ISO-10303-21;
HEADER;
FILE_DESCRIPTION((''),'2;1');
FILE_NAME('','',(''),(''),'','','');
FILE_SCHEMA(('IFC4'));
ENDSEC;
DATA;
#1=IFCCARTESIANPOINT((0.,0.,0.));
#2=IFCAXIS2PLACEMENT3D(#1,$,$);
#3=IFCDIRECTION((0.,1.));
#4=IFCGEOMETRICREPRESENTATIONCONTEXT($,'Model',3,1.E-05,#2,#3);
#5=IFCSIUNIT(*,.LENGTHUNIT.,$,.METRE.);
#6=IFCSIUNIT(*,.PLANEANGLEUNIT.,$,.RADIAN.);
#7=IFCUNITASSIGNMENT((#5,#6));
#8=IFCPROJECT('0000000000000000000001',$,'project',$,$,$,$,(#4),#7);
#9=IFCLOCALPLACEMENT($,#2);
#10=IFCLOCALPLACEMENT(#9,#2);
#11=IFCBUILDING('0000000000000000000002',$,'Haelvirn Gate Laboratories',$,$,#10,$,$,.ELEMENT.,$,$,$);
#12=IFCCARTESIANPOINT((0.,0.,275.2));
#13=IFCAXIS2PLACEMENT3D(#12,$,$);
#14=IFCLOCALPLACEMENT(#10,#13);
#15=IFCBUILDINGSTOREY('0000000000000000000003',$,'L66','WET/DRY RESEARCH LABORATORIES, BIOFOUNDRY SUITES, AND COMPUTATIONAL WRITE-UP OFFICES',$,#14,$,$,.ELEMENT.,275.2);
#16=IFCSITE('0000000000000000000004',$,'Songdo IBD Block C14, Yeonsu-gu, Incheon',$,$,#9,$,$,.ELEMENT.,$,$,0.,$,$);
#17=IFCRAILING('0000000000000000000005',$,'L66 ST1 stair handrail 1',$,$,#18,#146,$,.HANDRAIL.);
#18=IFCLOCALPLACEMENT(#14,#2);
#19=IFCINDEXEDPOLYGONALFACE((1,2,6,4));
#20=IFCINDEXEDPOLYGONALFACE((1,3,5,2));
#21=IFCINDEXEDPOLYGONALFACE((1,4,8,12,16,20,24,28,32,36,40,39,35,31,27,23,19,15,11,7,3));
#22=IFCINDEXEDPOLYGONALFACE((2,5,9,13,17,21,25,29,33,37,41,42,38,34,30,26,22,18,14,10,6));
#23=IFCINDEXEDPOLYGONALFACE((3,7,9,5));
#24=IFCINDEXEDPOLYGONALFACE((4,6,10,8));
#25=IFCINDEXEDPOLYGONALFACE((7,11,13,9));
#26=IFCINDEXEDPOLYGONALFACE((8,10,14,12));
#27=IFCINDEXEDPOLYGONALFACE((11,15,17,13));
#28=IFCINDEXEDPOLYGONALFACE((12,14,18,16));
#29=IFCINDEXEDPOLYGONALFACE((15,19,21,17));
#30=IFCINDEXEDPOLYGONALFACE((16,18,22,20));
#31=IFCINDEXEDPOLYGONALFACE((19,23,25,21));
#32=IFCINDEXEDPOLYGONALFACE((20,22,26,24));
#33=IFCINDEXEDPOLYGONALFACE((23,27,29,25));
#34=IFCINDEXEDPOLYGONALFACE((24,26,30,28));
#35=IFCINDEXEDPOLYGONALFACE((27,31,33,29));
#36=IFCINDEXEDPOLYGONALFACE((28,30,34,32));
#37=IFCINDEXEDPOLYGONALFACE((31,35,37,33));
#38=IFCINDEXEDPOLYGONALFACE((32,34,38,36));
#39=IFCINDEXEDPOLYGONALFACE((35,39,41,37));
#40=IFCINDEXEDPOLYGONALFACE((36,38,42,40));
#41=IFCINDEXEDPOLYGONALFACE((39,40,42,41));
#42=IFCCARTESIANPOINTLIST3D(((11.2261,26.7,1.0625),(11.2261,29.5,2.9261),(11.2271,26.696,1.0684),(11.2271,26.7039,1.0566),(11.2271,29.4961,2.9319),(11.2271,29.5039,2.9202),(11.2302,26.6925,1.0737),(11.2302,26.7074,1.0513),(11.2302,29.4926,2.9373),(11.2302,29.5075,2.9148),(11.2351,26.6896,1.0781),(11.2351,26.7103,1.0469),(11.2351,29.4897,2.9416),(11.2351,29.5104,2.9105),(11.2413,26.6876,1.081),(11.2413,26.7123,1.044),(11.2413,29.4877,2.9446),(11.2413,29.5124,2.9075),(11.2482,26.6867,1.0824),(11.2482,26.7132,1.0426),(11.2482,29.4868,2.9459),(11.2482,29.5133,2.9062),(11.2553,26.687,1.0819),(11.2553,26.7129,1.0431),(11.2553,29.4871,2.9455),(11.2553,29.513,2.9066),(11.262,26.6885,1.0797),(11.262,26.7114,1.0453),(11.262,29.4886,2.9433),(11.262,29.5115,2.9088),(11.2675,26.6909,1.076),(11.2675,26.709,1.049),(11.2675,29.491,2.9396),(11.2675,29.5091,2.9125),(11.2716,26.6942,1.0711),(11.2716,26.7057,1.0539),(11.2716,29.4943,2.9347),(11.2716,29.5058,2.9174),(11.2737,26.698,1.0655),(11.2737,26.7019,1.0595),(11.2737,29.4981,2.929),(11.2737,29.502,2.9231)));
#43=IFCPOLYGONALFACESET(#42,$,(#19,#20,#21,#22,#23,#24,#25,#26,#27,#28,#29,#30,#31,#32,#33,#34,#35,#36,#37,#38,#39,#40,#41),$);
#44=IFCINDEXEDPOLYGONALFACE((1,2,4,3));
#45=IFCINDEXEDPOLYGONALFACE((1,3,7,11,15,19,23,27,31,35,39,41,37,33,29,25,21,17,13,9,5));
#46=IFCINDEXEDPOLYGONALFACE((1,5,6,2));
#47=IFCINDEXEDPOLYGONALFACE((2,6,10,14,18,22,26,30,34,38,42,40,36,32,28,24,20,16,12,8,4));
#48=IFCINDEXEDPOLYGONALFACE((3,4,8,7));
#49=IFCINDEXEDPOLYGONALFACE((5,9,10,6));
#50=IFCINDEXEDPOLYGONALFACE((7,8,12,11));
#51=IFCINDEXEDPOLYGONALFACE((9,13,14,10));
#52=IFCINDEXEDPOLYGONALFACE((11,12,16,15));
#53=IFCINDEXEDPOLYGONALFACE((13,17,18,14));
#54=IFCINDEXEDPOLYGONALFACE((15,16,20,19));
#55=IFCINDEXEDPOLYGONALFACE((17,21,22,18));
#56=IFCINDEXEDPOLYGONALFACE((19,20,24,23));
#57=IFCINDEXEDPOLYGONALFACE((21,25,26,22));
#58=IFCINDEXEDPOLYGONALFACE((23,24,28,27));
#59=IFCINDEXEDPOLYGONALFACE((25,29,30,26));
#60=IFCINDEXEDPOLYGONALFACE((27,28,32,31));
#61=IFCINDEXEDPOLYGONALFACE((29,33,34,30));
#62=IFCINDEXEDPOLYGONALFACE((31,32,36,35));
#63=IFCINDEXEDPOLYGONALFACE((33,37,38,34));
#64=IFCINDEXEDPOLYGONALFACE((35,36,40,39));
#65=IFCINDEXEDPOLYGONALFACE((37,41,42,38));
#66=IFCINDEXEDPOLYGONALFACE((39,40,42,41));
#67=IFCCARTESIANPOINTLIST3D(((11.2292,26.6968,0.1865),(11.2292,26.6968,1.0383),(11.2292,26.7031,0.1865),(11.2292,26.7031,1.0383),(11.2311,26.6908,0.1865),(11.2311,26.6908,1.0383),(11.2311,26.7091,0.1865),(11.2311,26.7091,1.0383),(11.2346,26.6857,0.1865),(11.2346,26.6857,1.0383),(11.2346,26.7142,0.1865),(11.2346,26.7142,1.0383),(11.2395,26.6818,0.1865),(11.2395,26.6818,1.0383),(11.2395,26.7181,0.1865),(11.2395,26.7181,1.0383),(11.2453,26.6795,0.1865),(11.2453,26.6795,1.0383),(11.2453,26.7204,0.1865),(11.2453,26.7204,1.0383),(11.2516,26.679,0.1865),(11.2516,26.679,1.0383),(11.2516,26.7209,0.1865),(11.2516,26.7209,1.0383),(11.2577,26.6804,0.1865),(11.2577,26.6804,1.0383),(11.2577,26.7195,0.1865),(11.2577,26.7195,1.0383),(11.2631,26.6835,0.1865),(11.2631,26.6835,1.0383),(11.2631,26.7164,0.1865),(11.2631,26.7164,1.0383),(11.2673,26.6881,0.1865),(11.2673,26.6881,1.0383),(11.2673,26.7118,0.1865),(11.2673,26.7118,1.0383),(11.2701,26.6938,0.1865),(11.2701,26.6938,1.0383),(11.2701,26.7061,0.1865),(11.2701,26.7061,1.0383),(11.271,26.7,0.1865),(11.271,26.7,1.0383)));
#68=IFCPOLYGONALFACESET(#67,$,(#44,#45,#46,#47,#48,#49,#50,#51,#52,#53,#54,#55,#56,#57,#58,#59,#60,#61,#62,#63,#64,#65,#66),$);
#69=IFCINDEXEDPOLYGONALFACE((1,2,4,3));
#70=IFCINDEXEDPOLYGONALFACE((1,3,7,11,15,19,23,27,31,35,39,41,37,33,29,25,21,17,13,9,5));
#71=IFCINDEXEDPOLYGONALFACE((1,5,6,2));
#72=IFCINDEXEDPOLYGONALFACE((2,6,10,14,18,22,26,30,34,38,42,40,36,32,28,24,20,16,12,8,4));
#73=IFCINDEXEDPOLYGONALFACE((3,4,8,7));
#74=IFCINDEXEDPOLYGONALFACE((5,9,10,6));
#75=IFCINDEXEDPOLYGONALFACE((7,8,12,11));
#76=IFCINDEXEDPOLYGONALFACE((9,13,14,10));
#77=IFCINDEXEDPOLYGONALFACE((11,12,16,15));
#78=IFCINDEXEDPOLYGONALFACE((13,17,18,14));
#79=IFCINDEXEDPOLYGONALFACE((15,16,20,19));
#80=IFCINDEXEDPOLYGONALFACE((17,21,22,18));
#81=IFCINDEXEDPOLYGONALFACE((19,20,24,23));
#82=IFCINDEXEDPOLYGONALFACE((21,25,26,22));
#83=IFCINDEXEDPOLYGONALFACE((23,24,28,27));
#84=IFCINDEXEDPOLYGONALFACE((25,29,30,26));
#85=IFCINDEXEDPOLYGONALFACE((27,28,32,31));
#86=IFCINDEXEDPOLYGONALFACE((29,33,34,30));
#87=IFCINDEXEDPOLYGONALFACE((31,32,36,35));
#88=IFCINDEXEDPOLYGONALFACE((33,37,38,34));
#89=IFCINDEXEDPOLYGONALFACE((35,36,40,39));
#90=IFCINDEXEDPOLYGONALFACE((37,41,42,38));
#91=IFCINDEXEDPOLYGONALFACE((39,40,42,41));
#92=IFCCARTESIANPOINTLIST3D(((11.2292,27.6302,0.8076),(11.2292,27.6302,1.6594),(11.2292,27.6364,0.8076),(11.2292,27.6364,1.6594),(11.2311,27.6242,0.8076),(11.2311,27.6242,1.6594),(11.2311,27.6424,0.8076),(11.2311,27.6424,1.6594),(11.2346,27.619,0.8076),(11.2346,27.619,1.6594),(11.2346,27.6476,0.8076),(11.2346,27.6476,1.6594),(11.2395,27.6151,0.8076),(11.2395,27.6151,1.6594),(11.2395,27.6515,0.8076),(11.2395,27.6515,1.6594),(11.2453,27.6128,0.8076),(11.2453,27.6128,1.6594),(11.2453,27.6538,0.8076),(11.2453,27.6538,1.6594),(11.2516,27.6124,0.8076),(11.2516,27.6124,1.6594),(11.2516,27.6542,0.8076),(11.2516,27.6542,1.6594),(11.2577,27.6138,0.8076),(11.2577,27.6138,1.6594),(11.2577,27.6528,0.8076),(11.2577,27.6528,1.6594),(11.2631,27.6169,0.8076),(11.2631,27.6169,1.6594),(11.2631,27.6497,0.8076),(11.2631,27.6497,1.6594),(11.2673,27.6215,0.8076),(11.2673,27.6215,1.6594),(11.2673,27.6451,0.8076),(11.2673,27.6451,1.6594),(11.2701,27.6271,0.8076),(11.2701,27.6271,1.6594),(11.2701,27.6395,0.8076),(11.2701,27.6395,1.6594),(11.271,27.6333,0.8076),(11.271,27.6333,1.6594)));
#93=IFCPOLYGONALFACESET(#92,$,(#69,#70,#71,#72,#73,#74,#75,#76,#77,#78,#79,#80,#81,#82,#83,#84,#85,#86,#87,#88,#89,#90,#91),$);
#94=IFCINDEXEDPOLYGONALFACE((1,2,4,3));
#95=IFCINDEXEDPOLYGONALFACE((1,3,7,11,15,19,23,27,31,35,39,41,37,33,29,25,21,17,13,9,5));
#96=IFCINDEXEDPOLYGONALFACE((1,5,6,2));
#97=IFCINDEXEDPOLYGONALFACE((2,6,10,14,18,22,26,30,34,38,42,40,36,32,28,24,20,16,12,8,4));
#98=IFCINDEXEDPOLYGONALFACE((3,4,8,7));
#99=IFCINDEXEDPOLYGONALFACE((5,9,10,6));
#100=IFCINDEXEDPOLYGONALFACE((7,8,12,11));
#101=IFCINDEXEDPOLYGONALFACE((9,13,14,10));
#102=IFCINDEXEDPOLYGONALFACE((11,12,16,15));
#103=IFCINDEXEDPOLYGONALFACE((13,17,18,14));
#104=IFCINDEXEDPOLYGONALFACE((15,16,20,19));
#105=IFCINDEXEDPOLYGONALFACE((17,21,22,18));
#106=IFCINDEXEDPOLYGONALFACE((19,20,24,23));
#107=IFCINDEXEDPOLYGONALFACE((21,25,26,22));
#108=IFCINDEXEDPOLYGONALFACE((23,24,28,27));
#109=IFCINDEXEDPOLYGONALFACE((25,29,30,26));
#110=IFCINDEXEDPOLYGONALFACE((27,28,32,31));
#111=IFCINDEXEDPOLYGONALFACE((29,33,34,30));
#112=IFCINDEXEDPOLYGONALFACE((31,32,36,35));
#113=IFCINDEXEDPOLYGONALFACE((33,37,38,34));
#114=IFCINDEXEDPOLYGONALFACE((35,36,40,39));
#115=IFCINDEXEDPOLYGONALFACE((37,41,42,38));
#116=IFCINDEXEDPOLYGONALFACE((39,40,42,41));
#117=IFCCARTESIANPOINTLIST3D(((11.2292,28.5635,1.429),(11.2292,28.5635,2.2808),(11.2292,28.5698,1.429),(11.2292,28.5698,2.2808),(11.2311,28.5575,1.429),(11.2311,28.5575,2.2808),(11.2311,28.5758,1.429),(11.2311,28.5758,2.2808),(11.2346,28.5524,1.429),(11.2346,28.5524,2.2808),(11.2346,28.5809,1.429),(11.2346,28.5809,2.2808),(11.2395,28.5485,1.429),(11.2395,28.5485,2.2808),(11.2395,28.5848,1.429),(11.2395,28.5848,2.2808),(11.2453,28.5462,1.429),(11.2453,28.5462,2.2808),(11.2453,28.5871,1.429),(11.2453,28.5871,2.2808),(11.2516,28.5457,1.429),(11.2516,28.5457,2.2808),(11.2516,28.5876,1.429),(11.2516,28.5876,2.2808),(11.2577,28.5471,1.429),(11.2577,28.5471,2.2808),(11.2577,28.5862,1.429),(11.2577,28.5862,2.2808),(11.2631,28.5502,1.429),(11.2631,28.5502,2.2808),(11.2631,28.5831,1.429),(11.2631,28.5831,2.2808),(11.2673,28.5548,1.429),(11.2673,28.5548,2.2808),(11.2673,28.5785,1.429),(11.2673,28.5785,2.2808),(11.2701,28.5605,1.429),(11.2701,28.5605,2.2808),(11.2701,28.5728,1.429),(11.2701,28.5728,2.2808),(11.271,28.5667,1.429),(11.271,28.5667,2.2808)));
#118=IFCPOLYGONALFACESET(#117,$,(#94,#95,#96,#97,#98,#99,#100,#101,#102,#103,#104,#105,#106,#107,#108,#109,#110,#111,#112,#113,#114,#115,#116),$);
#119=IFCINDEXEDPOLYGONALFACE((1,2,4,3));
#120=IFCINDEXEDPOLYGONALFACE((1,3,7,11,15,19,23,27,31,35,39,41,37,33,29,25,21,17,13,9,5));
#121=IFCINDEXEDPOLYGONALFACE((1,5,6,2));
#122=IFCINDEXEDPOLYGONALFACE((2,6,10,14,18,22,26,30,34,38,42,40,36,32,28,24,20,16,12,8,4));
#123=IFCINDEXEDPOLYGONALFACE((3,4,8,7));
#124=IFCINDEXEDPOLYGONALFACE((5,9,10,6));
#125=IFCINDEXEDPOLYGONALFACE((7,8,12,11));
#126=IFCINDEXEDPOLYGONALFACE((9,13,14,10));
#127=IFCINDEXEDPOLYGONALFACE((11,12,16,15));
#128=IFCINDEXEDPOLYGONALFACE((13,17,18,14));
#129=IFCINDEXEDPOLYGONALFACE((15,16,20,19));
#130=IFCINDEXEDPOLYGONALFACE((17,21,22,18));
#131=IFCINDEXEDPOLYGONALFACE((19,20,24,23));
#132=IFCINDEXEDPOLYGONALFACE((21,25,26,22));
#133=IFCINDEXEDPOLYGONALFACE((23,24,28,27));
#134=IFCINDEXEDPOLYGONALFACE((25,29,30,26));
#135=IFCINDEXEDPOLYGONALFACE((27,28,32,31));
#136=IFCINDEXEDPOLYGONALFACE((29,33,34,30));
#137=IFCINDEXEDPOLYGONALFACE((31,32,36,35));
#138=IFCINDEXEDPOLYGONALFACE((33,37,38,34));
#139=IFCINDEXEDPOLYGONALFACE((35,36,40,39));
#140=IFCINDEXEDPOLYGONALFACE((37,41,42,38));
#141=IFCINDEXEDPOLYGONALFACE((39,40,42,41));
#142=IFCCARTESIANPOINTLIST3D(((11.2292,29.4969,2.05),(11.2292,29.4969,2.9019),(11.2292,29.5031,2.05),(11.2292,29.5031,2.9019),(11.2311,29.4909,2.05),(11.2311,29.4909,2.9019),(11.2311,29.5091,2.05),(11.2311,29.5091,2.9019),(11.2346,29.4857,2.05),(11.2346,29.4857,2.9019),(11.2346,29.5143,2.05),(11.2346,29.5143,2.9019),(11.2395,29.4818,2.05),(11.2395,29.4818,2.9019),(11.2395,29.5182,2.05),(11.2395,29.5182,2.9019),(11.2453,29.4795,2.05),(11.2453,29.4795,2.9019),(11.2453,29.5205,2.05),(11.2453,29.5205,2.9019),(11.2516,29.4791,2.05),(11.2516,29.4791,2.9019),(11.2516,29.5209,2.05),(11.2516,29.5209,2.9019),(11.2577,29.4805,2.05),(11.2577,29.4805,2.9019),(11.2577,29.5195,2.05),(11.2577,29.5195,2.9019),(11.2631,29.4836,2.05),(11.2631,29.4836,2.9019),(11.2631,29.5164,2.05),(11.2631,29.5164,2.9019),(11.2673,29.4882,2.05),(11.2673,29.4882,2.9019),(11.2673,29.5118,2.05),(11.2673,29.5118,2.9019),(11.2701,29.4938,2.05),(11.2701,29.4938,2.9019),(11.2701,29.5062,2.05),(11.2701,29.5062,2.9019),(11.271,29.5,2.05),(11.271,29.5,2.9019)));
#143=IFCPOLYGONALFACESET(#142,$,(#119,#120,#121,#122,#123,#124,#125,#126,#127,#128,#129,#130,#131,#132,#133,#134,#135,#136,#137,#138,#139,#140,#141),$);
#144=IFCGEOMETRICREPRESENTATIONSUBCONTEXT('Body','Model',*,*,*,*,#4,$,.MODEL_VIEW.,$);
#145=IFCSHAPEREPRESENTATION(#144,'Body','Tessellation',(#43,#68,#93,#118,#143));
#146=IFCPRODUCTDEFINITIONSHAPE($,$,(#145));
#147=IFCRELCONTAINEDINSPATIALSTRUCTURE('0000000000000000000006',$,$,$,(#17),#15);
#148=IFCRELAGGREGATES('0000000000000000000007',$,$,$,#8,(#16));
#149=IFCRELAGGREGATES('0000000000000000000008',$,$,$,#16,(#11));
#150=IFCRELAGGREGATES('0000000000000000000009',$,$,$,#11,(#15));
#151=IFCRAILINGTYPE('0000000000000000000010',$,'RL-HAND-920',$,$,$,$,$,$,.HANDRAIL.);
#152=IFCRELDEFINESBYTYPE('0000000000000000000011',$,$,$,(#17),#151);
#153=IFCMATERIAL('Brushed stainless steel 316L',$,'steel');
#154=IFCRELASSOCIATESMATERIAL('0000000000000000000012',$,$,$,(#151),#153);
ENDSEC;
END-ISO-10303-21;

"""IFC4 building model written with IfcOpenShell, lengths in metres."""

from ifc_helpers import new_model, si_unit, direction, frame, origin, origin_2d, place, context, subcontext, project, spatial, circle, extrude, source, transform, mapped, material, type_object, element, save


model = new_model("IFC4")

# Units and contexts
model_context = context("Model", 3, precision=1e-05, world=origin(), true_north=direction((0.0, 1.0)))
body_context = subcontext(model_context, "Body", "Model", "MODEL_VIEW")
ifc_project = project(units=[si_unit("LENGTHUNIT", "METRE"), si_unit("PLANEANGLEUNIT", "RADIAN")], contexts=[model_context])

# Site, building, storey
site_placement = place(None, origin())
site = spatial("IfcSite", under=ifc_project, at=site_placement, Name="Songdo IBD Block C14, Yeonsu-gu, Incheon", CompositionType="ELEMENT", RefElevation=0.0)
building_placement = place(site_placement, origin())
building = spatial("IfcBuilding", under=site, at=building_placement, Name="Haelvirn Gate Laboratories", CompositionType="ELEMENT")
storey_placement = place(building_placement, frame((0.0, 0.0, 275.2)))
storey = spatial("IfcBuildingStorey", under=building, at=storey_placement, Name="L66", Description="WET/DRY RESEARCH LABORATORIES, BIOFOUNDRY SUITES, AND COMPUTATIONAL WRITE-UP OFFICES", CompositionType="ELEMENT", Elevation=275.2)

# Railing
ifc_material_1 = material(Name="Brushed stainless steel 316L", Category="steel")
railing_type_1 = type_object("IfcRailingType", Name="RL-HAND-920", PredefinedType="HANDRAIL", material=ifc_material_1)
shared_shape_1 = source(origin(), body_context, "Body", "SweptSolid", [
    extrude(circle(Radius=0.0239, at=origin_2d()), frame((0.0, 0.0, 0.876), z_axis=(0.0, 0.832486, 0.554047), x_axis=(-1.0, 0.0, 0.0)), (0.0, 0.0, 1.0), 3.3635),
    extrude(circle(Radius=0.021, at=origin_2d()), origin(), (0.0, 0.0, 1.0), 0.8518),
    extrude(circle(Radius=0.021, at=origin_2d()), frame((0.0, 0.9333, 0.6211)), (0.0, 0.0, 1.0), 0.8518),
    extrude(circle(Radius=0.021, at=origin_2d()), frame((0.0, 1.8667, 1.2424)), (0.0, 0.0, 1.0), 0.8518),
    extrude(circle(Radius=0.021, at=origin_2d()), frame((0.0, 2.8, 1.8635)), (0.0, 0.0, 1.0), 0.8518),
])
railing_1_placement = place(storey_placement, frame((11.25, 26.7, 0.1865)))
element("IfcRailing", 1, at=railing_1_placement, inside=storey, type_object=railing_type_1, Name="L66 ST1 stair handrail 1", PredefinedType="HANDRAIL", context=body_context, shape_type="MappedRepresentation", body=[
    mapped(shared_shape_1, transform((0.0, 0.0, 0.0), scale=1.0)),
])

save(model, "model.ifc")
